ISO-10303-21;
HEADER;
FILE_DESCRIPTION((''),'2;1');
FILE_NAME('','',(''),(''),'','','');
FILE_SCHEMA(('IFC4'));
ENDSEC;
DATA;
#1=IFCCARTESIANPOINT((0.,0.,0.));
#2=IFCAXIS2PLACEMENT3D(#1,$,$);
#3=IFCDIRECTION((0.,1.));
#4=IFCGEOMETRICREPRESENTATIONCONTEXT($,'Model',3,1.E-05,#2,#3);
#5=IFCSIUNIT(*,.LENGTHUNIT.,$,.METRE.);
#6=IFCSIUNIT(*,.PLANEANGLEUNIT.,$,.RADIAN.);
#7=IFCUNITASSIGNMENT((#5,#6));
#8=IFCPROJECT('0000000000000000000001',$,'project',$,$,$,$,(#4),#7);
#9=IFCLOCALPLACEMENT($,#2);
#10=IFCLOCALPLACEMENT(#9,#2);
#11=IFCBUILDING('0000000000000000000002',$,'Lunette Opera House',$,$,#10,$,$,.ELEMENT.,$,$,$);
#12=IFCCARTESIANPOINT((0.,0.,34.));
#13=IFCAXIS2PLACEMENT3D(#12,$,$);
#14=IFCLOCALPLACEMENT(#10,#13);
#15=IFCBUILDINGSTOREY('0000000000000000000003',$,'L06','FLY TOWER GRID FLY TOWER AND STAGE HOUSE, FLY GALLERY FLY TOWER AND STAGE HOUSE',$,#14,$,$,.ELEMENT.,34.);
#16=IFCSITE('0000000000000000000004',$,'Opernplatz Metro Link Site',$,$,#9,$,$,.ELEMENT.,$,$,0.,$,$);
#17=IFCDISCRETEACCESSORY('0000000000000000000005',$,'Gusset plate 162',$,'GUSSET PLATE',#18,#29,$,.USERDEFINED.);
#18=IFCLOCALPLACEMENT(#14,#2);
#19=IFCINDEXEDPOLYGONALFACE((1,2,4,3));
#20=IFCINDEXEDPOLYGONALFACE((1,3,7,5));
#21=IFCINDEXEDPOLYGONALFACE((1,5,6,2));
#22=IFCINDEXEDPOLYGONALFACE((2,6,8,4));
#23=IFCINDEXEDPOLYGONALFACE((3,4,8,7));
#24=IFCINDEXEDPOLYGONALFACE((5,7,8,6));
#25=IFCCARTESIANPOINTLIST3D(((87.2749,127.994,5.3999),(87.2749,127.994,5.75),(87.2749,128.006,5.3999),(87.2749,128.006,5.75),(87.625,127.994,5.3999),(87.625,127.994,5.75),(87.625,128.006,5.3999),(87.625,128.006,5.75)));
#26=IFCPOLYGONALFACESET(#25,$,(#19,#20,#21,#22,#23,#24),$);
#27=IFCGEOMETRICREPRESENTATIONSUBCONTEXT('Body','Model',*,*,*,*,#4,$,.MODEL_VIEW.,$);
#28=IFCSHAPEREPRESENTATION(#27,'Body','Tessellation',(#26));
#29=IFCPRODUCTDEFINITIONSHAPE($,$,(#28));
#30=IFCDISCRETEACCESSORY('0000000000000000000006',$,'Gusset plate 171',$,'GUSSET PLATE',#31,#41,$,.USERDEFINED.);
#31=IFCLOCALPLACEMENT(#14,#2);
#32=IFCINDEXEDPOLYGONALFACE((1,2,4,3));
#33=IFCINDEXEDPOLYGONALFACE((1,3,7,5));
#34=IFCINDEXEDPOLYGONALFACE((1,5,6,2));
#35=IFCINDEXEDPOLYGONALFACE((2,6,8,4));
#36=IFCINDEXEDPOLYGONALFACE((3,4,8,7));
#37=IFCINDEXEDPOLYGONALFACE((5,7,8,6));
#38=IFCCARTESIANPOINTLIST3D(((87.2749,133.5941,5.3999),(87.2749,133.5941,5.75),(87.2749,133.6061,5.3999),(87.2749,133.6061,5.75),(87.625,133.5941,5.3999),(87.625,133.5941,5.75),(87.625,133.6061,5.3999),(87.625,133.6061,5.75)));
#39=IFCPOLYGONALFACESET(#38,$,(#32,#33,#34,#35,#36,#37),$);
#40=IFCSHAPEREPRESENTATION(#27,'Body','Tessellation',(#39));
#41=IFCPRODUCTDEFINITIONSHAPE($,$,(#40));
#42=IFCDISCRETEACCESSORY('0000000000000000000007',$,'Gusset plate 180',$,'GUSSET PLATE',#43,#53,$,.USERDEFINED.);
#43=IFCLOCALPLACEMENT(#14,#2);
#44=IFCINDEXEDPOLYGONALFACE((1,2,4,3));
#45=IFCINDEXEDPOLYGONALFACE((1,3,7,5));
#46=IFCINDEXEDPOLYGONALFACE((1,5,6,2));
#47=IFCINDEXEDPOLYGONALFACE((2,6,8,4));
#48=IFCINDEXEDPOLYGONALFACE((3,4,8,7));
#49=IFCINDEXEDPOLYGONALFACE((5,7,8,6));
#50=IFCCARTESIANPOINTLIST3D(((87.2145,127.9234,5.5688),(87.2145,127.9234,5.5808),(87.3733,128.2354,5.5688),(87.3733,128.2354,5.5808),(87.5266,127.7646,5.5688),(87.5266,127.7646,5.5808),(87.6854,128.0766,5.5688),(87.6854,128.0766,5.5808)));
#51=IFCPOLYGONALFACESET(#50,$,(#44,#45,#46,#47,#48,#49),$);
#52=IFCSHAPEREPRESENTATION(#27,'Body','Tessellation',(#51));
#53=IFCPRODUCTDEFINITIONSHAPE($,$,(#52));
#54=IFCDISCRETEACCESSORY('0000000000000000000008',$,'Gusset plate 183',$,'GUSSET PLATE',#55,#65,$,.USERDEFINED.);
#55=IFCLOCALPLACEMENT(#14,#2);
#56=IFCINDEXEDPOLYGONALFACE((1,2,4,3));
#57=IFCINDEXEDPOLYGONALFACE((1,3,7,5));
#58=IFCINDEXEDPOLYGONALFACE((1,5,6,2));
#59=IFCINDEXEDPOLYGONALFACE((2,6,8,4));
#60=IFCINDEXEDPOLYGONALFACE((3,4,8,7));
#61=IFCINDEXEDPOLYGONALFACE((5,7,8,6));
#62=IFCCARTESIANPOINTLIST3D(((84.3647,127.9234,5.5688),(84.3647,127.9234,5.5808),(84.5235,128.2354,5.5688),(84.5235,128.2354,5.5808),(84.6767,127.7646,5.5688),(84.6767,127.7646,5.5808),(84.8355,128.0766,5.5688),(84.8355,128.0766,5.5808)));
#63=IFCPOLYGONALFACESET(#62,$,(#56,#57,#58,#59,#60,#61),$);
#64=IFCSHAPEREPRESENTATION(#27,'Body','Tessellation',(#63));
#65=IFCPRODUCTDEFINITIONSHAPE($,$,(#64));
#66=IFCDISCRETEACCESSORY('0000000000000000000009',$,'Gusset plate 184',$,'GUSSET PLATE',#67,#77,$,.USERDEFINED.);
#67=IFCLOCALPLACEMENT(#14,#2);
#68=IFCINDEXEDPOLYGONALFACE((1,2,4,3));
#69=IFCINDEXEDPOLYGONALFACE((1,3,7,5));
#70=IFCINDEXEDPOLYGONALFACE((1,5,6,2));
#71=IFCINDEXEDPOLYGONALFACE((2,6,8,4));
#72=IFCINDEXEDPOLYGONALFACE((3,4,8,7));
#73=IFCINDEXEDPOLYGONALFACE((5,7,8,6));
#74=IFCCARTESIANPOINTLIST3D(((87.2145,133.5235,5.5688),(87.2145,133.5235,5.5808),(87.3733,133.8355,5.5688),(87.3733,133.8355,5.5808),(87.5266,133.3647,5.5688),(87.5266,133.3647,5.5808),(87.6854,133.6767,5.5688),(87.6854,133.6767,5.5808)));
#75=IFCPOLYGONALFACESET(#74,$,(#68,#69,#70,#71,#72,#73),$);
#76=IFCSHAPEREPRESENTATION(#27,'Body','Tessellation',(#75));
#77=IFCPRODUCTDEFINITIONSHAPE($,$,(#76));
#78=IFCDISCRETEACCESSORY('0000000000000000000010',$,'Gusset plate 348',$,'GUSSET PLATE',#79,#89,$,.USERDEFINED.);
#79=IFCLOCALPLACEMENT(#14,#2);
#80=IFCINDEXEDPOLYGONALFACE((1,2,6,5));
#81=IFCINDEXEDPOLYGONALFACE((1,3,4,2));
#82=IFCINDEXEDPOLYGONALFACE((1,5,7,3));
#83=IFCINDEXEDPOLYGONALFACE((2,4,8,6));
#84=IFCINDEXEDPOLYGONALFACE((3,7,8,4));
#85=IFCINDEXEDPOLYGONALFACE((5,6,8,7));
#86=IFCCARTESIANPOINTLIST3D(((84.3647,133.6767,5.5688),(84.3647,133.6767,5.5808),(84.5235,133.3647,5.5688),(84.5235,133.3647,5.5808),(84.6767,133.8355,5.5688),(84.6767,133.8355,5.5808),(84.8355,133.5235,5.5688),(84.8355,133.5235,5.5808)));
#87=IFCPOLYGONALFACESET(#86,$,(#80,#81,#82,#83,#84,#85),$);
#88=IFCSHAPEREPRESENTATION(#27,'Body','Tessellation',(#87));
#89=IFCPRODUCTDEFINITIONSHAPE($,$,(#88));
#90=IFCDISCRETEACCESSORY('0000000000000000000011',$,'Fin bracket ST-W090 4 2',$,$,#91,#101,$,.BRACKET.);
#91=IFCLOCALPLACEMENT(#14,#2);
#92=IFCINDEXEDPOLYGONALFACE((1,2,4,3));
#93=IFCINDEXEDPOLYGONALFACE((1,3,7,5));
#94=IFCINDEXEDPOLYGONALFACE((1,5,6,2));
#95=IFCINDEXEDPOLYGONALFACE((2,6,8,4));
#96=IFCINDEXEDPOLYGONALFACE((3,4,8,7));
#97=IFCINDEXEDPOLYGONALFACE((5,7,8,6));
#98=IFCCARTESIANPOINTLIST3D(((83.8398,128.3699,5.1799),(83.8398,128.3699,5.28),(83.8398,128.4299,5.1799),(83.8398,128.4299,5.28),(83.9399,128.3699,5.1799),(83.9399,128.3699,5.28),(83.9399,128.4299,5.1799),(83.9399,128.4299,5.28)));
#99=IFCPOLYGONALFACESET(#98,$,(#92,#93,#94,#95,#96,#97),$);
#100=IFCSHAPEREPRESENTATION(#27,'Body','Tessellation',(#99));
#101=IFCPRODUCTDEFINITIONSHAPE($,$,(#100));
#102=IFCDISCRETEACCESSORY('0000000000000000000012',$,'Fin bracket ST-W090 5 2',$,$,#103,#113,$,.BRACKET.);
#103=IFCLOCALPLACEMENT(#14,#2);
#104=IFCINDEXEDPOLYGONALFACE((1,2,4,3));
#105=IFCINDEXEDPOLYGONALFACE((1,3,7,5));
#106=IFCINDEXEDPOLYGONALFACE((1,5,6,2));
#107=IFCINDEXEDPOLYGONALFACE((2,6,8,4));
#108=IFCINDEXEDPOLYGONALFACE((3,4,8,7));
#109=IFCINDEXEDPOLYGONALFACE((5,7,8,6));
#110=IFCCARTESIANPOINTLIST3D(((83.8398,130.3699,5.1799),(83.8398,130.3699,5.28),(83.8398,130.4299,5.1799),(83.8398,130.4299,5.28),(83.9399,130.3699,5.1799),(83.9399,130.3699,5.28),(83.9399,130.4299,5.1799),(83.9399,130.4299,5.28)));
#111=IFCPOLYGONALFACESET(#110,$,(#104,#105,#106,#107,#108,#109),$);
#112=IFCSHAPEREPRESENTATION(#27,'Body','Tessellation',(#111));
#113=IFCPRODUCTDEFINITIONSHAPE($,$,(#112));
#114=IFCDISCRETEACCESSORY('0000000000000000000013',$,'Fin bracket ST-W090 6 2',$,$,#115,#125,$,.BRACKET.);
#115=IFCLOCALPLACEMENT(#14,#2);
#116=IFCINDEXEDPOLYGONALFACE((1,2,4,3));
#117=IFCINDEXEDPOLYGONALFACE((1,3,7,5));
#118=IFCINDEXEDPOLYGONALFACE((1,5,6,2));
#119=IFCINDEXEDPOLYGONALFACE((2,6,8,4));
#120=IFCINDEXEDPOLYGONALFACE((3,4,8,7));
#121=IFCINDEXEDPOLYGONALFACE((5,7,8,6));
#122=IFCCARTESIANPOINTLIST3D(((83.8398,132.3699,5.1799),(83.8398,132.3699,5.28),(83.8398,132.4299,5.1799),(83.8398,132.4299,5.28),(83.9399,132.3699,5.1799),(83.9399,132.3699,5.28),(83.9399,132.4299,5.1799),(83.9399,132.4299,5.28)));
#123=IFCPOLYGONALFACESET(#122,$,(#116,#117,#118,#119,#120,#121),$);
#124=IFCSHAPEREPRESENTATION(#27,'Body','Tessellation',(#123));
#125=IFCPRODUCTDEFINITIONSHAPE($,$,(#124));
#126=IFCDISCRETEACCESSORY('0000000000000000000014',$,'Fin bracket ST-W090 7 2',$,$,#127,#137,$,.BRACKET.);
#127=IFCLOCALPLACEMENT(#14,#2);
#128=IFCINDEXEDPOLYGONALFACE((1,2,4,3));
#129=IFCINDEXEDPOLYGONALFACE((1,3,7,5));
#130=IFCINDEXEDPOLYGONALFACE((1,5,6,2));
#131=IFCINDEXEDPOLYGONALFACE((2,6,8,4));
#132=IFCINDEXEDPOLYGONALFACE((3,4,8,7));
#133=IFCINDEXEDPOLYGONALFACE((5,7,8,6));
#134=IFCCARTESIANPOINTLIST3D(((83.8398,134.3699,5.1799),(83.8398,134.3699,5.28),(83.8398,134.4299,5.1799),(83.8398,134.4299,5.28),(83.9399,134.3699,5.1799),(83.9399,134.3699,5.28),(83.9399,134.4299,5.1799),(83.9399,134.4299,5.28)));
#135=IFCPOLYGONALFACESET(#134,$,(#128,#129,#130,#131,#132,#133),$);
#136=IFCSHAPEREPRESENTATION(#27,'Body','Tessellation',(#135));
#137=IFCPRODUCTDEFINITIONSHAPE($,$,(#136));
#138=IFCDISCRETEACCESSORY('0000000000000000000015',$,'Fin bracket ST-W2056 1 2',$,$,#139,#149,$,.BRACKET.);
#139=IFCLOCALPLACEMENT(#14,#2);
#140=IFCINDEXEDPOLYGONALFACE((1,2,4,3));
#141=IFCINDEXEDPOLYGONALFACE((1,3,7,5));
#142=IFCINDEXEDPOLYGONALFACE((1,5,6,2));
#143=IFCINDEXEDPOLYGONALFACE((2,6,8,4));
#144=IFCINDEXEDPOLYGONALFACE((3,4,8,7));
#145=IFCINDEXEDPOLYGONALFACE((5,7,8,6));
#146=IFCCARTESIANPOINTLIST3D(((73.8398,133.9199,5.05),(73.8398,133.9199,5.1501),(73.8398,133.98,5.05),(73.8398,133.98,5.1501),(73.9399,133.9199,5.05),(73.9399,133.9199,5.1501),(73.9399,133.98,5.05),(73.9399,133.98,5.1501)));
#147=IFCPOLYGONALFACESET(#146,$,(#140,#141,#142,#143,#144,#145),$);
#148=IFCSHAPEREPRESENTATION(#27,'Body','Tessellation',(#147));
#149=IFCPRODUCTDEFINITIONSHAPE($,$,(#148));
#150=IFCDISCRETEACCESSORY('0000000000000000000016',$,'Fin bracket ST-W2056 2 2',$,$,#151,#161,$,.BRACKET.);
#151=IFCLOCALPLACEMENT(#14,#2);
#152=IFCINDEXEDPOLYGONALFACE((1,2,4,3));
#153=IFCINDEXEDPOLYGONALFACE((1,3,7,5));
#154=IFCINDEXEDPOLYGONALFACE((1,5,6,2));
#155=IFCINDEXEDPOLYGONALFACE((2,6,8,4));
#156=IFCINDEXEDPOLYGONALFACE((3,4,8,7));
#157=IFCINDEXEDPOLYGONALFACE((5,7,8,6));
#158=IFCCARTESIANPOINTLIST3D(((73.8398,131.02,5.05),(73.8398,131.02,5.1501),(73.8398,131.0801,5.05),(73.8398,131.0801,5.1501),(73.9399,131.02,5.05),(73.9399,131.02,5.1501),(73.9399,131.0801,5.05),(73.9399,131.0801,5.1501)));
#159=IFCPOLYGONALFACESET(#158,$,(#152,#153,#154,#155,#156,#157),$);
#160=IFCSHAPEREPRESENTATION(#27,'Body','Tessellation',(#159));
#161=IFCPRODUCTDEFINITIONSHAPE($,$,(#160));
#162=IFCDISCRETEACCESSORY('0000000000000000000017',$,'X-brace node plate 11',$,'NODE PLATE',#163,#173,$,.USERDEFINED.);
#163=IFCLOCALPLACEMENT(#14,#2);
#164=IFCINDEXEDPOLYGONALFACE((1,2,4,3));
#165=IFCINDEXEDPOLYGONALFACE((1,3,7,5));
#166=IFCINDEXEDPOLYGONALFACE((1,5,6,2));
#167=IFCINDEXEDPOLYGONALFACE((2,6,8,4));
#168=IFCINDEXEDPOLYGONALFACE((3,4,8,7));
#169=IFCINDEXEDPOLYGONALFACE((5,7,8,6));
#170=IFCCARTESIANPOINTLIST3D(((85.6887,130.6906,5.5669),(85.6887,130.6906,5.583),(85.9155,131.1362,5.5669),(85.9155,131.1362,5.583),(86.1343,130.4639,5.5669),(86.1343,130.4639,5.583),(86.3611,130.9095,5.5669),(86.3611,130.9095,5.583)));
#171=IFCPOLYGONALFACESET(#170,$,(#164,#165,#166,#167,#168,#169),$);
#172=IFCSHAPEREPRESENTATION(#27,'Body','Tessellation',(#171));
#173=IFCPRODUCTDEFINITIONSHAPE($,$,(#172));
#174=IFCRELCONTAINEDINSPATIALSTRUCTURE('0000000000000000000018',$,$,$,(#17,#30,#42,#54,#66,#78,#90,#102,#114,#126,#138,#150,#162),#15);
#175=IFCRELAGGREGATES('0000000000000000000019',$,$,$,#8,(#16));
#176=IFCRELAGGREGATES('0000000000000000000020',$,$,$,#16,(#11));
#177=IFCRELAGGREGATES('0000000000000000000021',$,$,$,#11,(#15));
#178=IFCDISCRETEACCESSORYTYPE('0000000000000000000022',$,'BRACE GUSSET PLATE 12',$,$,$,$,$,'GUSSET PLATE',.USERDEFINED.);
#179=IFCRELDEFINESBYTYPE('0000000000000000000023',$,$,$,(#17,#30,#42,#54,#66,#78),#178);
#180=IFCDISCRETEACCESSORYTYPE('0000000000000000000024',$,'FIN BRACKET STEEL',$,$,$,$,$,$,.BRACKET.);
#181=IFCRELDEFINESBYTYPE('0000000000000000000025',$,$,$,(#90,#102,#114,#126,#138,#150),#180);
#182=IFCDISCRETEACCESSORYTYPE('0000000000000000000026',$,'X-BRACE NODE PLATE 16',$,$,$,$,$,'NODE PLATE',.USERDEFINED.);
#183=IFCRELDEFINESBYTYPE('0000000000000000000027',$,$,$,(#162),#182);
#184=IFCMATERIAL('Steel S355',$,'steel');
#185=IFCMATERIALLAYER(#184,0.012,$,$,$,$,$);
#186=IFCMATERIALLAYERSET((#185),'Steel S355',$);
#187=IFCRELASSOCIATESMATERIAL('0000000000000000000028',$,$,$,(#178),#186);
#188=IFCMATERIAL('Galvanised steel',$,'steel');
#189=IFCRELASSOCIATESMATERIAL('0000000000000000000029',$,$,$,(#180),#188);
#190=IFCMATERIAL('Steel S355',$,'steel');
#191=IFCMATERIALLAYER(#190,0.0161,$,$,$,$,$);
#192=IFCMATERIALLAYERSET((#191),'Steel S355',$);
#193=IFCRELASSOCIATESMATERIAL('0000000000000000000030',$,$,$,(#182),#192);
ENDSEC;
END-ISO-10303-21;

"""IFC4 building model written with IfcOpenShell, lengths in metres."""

from ifc_helpers import new_model, si_unit, direction, frame, origin, origin_2d, place, context, subcontext, project, spatial, rectangle, extrude, material, layer, layer_set, type_object, element, save


model = new_model("IFC4")

# Units and contexts
model_context = context("Model", 3, precision=1e-05, world=origin(), true_north=direction((0.0, 1.0)))
body_context = subcontext(model_context, "Body", "Model", "MODEL_VIEW")
ifc_project = project(units=[si_unit("LENGTHUNIT", "METRE"), si_unit("PLANEANGLEUNIT", "RADIAN")], contexts=[model_context])

# Site, building, storey
site_placement = place(None, origin())
site = spatial("IfcSite", under=ifc_project, at=site_placement, Name="Opernplatz Metro Link Site", CompositionType="ELEMENT", RefElevation=0.0)
building_placement = place(site_placement, origin())
building = spatial("IfcBuilding", under=site, at=building_placement, Name="Lunette Opera House", CompositionType="ELEMENT")
storey_placement = place(building_placement, frame((0.0, 0.0, 34.0)))
storey = spatial("IfcBuildingStorey", under=building, at=storey_placement, Name="L06", Description="FLY TOWER GRID FLY TOWER AND STAGE HOUSE, FLY GALLERY FLY TOWER AND STAGE HOUSE", CompositionType="ELEMENT", Elevation=34.0)

# Discrete accessories
ifc_material_1 = material(Name="Steel S355", Category="steel")
ifc_layer_1 = layer(ifc_material_1, 0.012)
ifc_layer_set_1 = layer_set([ifc_layer_1], Name="Steel S355")
discrete_accessory_type_1 = type_object("IfcDiscreteAccessoryType", Name="BRACE GUSSET PLATE 12", ElementType="GUSSET PLATE", PredefinedType="USERDEFINED", material=ifc_layer_set_1)
for number, where, z_axis, x_axis, name in (
    (1, (87.45, 128.0, 5.3999), (0.0, 0.0, 1.0), (1.0, 0.0, 0.0), "Gusset plate 162"),
    (2, (87.45, 133.6001, 5.3999), (0.0, 0.0, 1.0), (1.0, 0.0, 0.0), "Gusset plate 171"),
):
    element("IfcDiscreteAccessory", number, at=place(storey_placement, frame(where, z_axis=z_axis, x_axis=x_axis)), inside=storey, type_object=discrete_accessory_type_1, Name=name, ObjectType="GUSSET PLATE", PredefinedType="USERDEFINED", context=body_context, shape_type="SweptSolid", body=[
        extrude(rectangle(XDim=0.3501, YDim=0.012, at=origin_2d()), origin(), (0.0, 0.0, 1.0), 0.3501),
    ])
for number, where, z_axis, x_axis, name in (
    (3, (87.45, 128.0, 5.5688), (0.0, 0.0, 1.0), (0.453567, 0.891222, 0.0), "Gusset plate 180"),
    (4, (84.6001, 128.0, 5.5688), (0.0, 0.0, 1.0), (0.453567, 0.891222, 0.0), "Gusset plate 183"),
    (5, (87.45, 133.6001, 5.5688), (0.0, 0.0, 1.0), (0.453567, 0.891222, 0.0), "Gusset plate 184"),
    (6, (84.6001, 133.6001, 5.5688), (0.0, 0.0, 1.0), (-0.453567, 0.891222, 0.0), "Gusset plate 348"),
):
    element("IfcDiscreteAccessory", number, at=place(storey_placement, frame(where, z_axis=z_axis, x_axis=x_axis)), inside=storey, type_object=discrete_accessory_type_1, Name=name, ObjectType="GUSSET PLATE", PredefinedType="USERDEFINED", context=body_context, shape_type="SweptSolid", body=[
        extrude(rectangle(XDim=0.3501, YDim=0.3501, at=origin_2d()), origin(), (0.0, 0.0, 1.0), 0.012),
    ])
ifc_material_2 = material(Name="Galvanised steel", Category="steel")
discrete_accessory_type_2 = type_object("IfcDiscreteAccessoryType", Name="FIN BRACKET STEEL", PredefinedType="BRACKET", material=ifc_material_2)
for number, where, z_axis, x_axis, name in (
    (7, (83.8899, 128.3999, 5.1799), (0.0, 0.0, 1.0), (-1.0, 0.0, 0.0), "Fin bracket ST-W090 4 2"),
    (8, (83.8899, 130.3999, 5.1799), (0.0, 0.0, 1.0), (-1.0, 0.0, 0.0), "Fin bracket ST-W090 5 2"),
    (9, (83.8899, 132.3999, 5.1799), (0.0, 0.0, 1.0), (-1.0, 0.0, 0.0), "Fin bracket ST-W090 6 2"),
    (10, (83.8899, 134.3999, 5.1799), (0.0, 0.0, 1.0), (-1.0, 0.0, 0.0), "Fin bracket ST-W090 7 2"),
    (11, (73.8899, 133.95, 5.05), (0.0, 0.0, 1.0), (-1.0, 0.0, 0.0), "Fin bracket ST-W2056 1 2"),
    (12, (73.8899, 131.05, 5.05), (0.0, 0.0, 1.0), (-1.0, 0.0, 0.0), "Fin bracket ST-W2056 2 2"),
):
    element("IfcDiscreteAccessory", number, at=place(storey_placement, frame(where, z_axis=z_axis, x_axis=x_axis)), inside=storey, type_object=discrete_accessory_type_2, Name=name, PredefinedType="BRACKET", context=body_context, shape_type="SweptSolid", body=[
        extrude(rectangle(XDim=0.1001, YDim=0.0601, at=origin_2d()), origin(), (0.0, 0.0, 1.0), 0.1001),
    ])
ifc_material_3 = material(Name="Steel S355", Category="steel")
ifc_layer_2 = layer(ifc_material_3, 0.0161)
ifc_layer_set_2 = layer_set([ifc_layer_2], Name="Steel S355")
discrete_accessory_type_3 = type_object("IfcDiscreteAccessoryType", Name="X-BRACE NODE PLATE 16", ElementType="NODE PLATE", PredefinedType="USERDEFINED", material=ifc_layer_set_2)
discrete_accessory_placement = place(storey_placement, frame((86.0249, 130.8, 5.5669), z_axis=(0.0, 0.0, 1.0), x_axis=(0.453567, 0.891222, 0.0)))
element("IfcDiscreteAccessory", 13, at=discrete_accessory_placement, inside=storey, type_object=discrete_accessory_type_3, Name="X-brace node plate 11", ObjectType="NODE PLATE", PredefinedType="USERDEFINED", context=body_context, shape_type="SweptSolid", body=[
    extrude(rectangle(XDim=0.5, YDim=0.5, at=origin_2d()), origin(), (0.0, 0.0, 1.0), 0.0161),
])

save(model, "model.ifc")
